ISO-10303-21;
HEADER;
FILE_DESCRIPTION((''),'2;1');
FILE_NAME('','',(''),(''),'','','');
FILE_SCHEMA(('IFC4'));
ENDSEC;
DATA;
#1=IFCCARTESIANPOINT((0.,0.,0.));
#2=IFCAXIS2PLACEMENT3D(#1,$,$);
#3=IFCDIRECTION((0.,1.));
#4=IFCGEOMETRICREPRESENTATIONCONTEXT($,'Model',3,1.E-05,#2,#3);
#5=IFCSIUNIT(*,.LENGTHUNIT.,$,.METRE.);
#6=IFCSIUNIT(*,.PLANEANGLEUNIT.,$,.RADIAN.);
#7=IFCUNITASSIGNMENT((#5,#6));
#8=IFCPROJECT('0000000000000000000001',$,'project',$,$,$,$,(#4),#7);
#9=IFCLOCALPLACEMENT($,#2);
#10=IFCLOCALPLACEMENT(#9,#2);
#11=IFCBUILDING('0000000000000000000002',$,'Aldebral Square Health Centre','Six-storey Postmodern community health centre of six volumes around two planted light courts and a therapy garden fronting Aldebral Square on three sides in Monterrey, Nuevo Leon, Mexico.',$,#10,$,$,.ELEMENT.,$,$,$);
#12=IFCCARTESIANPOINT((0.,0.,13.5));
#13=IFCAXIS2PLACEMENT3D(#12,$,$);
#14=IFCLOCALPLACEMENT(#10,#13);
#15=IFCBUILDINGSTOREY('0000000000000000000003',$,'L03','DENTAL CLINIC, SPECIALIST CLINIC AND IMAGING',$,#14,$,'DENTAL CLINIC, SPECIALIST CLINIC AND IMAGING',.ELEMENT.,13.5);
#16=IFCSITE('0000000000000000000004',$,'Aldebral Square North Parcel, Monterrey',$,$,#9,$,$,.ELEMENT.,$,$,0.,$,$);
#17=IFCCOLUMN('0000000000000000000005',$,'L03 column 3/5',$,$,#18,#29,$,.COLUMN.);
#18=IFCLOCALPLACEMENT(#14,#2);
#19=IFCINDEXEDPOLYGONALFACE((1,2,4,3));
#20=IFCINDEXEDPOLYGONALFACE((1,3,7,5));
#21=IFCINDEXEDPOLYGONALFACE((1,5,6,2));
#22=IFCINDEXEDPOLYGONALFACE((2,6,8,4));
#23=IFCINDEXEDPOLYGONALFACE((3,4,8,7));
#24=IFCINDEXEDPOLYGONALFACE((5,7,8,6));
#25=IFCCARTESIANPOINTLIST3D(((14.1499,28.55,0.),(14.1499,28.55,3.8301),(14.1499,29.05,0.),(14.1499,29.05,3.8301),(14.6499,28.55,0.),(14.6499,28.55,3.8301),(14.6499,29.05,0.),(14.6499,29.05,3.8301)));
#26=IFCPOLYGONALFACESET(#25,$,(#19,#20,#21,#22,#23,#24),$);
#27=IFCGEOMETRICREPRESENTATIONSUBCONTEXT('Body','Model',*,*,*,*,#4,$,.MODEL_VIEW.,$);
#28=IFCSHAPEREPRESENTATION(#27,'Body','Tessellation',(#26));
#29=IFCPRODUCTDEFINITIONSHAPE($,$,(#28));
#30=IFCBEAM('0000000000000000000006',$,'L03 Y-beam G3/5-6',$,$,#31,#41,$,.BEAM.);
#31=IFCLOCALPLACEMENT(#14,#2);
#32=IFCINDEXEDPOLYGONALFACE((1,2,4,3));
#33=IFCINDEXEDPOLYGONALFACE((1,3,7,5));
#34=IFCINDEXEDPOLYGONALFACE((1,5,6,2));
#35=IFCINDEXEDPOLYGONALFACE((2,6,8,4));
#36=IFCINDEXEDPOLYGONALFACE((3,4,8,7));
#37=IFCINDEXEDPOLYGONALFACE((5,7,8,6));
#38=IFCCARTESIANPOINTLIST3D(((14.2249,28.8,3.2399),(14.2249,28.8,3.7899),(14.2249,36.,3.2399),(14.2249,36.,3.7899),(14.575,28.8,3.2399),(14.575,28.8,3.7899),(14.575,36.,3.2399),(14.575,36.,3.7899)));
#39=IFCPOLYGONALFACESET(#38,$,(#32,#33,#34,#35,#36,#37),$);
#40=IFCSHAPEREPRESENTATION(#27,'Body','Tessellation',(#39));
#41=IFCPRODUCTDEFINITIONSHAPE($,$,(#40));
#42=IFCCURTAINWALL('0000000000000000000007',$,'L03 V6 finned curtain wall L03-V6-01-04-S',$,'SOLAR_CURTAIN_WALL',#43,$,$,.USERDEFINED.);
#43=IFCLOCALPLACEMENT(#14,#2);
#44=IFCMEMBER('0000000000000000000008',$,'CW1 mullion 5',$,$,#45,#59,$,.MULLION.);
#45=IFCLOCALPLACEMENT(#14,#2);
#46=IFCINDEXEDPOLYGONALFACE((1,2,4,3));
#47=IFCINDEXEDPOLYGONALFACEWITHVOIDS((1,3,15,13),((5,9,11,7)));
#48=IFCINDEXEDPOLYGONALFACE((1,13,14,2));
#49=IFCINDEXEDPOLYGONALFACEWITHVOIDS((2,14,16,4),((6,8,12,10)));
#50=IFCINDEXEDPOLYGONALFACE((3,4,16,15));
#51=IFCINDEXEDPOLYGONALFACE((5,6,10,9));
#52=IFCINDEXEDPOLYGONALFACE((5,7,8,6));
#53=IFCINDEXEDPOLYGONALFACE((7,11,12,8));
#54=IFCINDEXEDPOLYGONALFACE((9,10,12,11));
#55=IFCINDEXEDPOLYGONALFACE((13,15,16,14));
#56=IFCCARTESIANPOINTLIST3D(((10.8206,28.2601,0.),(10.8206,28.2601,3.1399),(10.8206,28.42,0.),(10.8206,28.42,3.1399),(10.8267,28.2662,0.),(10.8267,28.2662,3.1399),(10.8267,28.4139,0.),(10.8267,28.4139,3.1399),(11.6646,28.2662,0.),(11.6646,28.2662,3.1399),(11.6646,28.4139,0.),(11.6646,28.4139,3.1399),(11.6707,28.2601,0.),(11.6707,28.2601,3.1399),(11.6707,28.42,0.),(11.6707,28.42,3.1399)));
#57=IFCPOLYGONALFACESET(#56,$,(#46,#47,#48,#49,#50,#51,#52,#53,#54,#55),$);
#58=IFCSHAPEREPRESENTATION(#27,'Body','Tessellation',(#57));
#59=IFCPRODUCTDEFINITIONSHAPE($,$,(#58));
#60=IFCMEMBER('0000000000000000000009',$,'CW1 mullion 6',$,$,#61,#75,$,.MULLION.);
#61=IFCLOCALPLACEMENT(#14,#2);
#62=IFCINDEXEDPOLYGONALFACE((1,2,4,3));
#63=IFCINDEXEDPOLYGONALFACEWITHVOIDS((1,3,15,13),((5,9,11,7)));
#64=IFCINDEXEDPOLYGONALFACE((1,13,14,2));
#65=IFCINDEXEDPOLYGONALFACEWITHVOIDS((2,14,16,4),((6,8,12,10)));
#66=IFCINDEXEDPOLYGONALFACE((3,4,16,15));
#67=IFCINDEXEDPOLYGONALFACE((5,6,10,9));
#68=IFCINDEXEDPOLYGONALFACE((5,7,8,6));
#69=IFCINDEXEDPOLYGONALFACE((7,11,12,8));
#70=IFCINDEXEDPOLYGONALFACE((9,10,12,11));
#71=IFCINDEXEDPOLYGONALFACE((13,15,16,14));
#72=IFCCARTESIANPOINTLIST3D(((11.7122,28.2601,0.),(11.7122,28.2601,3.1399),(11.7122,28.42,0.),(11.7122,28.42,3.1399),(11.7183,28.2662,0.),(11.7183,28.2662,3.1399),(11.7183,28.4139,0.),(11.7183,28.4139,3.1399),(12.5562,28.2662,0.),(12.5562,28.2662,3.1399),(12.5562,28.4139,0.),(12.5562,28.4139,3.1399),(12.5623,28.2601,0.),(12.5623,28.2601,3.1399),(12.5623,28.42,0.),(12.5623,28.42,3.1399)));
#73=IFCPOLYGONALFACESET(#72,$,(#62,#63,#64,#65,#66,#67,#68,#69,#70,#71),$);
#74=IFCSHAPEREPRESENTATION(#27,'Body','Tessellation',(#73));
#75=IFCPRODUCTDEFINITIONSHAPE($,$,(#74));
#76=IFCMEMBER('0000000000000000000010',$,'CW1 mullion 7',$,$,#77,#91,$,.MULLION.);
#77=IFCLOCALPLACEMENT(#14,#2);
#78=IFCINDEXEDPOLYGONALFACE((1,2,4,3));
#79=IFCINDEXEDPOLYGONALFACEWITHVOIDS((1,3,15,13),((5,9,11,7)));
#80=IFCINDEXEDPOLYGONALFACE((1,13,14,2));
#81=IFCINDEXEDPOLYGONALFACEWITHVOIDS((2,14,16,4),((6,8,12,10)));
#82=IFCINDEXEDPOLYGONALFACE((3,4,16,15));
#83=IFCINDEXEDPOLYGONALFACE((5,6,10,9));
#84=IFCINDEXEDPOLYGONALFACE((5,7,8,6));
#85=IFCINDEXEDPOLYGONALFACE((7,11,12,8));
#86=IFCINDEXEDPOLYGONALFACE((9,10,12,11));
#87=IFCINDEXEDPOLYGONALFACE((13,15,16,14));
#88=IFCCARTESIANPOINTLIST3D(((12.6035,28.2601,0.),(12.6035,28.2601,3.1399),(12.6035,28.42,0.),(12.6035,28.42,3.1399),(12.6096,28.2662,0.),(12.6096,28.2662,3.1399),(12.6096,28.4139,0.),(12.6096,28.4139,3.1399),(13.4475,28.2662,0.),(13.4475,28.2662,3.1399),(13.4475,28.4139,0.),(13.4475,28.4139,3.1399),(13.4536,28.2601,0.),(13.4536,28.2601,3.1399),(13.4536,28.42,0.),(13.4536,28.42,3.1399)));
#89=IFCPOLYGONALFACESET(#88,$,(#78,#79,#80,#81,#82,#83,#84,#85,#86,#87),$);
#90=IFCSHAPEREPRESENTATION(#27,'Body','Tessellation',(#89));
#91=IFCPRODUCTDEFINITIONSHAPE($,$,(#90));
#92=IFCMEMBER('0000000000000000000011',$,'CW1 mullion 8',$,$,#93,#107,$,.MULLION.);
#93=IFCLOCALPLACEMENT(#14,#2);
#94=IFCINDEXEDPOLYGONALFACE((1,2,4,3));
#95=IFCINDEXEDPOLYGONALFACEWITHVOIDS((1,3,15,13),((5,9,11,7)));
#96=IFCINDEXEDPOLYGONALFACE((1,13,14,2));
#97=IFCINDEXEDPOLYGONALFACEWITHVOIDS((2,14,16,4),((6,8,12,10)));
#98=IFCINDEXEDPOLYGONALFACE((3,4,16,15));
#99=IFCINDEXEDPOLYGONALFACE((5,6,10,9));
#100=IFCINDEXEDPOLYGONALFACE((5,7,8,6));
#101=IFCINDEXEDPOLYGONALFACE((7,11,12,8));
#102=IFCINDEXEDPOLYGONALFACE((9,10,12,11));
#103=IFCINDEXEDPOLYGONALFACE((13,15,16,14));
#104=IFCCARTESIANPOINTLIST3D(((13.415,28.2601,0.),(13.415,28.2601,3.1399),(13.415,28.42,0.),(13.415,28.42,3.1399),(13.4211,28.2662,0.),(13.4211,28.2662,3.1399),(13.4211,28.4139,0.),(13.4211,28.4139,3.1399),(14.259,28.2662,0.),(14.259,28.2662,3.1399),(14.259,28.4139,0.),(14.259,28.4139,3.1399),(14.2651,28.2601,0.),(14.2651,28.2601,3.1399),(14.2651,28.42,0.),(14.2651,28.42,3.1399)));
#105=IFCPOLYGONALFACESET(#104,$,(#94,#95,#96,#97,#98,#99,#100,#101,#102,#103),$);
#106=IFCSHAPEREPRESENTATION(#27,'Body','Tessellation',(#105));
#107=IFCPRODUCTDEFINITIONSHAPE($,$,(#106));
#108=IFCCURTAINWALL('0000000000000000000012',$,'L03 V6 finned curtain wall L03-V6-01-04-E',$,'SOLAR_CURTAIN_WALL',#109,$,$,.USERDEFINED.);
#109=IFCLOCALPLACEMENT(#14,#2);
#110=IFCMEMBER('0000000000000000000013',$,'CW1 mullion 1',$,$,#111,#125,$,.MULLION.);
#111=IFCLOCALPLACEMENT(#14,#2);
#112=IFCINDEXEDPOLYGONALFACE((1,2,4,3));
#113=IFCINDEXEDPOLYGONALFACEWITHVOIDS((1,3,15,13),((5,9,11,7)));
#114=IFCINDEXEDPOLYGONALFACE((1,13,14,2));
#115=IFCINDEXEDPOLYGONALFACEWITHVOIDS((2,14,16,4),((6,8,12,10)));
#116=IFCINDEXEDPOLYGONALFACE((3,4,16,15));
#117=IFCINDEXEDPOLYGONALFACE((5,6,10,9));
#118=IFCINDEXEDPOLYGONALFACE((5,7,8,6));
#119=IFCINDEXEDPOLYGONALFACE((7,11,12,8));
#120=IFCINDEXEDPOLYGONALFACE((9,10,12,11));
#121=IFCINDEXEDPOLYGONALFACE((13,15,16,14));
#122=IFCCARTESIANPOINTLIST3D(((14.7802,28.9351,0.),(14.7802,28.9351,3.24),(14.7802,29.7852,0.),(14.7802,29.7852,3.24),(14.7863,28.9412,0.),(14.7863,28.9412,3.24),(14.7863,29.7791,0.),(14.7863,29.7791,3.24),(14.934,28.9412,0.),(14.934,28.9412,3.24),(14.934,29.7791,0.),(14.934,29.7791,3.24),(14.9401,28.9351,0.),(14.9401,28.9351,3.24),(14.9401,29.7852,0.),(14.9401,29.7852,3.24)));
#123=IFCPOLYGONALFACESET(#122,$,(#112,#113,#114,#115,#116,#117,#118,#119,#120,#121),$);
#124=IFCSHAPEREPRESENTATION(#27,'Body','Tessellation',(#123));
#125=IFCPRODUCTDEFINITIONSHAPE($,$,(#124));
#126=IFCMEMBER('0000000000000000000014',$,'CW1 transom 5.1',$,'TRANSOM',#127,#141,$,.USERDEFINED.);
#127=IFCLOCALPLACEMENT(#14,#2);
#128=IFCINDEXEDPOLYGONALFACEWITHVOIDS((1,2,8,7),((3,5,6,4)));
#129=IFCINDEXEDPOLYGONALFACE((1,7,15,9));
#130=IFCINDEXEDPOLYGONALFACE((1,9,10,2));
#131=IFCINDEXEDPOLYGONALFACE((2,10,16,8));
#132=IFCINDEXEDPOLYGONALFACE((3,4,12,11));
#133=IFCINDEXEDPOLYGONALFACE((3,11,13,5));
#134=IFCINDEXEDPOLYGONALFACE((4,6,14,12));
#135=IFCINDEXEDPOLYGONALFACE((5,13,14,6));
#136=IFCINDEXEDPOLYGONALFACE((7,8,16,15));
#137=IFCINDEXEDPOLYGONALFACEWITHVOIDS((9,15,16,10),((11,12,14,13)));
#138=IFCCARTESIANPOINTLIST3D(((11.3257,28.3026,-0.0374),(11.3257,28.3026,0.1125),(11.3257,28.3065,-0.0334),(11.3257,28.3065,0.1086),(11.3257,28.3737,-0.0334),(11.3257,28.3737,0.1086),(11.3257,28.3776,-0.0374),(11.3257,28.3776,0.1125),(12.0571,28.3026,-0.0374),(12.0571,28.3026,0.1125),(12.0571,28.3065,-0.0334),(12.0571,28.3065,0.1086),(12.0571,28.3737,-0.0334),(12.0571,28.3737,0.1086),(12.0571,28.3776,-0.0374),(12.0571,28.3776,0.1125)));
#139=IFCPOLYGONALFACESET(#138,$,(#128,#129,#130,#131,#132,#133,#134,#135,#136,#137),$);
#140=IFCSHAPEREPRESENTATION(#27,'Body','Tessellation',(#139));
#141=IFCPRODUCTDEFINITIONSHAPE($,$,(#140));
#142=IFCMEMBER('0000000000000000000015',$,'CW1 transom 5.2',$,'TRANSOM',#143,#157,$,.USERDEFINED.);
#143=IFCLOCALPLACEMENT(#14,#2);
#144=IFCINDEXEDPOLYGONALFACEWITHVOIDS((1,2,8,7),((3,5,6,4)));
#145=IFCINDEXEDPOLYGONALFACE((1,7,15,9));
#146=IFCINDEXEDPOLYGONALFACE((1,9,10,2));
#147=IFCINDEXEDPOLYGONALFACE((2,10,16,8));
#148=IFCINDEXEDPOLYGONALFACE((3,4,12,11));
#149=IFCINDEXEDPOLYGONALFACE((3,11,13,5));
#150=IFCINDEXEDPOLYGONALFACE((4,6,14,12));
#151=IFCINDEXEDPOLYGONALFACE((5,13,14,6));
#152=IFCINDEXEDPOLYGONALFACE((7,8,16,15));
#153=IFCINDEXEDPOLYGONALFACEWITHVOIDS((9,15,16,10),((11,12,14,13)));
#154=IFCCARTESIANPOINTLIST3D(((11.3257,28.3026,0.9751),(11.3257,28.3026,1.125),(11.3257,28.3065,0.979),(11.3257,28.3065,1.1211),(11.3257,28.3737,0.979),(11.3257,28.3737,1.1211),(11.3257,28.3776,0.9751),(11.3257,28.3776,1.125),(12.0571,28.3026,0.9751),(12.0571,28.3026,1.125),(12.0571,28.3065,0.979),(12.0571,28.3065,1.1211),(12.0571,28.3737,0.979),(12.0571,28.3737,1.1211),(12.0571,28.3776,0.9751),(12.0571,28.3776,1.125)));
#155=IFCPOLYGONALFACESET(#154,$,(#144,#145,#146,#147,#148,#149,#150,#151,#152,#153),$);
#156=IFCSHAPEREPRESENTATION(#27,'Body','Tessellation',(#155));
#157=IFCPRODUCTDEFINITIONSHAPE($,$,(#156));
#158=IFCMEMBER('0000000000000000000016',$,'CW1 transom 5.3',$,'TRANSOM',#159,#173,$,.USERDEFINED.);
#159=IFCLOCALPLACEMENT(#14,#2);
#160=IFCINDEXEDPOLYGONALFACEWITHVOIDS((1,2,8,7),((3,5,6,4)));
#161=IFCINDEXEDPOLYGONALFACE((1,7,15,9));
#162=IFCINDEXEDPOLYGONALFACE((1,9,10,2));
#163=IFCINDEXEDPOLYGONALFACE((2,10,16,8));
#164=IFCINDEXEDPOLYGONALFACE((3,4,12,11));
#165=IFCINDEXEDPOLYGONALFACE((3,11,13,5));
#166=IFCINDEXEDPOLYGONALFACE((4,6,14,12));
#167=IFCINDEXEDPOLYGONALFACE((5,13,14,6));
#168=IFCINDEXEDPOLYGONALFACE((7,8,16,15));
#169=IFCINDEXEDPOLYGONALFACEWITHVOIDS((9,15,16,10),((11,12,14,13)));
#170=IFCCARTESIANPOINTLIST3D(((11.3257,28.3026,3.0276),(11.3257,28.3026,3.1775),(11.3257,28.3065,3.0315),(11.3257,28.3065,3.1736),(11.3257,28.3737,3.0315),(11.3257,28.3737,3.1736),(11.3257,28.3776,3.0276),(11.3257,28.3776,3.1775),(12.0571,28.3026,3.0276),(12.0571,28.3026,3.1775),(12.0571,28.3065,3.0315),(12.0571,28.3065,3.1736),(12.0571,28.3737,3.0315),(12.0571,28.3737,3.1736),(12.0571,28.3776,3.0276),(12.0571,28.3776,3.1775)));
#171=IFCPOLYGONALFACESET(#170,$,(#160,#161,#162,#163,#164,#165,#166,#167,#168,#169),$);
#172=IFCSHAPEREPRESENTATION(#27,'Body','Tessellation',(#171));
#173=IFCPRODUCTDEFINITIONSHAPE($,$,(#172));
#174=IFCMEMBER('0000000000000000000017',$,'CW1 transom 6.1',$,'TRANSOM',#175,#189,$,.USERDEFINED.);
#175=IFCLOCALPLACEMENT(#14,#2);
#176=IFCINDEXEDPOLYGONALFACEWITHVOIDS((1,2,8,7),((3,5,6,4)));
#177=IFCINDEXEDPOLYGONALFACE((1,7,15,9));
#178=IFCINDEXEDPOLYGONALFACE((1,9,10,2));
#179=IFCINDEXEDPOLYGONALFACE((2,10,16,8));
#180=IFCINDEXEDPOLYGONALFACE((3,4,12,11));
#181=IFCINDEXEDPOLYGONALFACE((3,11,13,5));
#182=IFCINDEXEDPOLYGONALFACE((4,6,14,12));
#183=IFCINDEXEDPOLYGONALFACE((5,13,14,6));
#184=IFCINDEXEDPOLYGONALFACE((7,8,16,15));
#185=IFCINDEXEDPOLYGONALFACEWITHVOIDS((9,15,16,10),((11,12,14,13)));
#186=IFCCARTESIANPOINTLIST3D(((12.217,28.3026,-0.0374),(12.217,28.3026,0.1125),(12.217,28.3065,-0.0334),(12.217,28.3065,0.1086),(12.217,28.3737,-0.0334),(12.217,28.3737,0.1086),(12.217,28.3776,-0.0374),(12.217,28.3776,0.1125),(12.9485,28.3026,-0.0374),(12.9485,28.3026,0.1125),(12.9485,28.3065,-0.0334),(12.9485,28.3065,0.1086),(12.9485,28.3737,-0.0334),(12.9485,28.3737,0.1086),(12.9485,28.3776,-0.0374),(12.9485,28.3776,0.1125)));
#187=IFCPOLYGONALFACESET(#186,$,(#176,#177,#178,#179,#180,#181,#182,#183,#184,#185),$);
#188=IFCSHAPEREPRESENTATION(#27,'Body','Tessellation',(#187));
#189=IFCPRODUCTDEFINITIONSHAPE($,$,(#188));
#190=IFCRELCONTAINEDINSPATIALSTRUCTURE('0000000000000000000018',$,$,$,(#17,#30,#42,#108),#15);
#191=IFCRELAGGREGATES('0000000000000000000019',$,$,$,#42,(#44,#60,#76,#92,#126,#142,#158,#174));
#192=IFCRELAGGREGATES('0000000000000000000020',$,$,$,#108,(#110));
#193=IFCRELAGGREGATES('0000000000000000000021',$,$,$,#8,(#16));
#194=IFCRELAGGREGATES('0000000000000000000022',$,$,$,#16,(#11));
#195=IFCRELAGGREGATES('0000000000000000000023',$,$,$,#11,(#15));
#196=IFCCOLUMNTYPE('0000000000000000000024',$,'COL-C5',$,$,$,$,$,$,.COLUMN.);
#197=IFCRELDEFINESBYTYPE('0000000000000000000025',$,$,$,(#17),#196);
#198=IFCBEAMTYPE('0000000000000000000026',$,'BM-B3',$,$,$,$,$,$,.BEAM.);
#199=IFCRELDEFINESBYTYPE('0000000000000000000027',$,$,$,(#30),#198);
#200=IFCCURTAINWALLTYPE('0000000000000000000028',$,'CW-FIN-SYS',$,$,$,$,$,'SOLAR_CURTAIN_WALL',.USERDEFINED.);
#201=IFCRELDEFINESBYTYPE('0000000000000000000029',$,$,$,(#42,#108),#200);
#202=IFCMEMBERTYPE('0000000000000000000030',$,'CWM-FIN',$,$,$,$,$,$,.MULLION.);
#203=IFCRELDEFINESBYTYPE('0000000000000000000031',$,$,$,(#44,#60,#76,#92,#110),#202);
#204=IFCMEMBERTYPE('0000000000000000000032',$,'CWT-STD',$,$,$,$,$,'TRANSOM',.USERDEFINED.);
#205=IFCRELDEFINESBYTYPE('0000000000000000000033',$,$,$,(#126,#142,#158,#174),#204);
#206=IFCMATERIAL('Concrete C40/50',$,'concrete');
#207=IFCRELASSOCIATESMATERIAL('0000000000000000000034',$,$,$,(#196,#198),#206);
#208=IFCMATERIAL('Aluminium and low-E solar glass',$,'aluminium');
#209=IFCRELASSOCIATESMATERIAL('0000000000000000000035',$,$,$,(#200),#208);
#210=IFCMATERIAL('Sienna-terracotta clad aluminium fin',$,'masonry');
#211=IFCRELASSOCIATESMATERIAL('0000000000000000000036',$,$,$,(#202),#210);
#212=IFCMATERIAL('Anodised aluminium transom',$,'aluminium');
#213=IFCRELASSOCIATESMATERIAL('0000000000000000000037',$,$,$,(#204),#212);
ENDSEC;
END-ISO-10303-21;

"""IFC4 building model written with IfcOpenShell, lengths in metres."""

from ifc_helpers import new_model, si_unit, direction, frame, origin, origin_2d, place, context, subcontext, project, spatial, rectangle, hollow_rectangle, extrude, material, material_profile, profile_set, type_object, element, aggregate, save


model = new_model("IFC4")

# Units and contexts
model_context = context("Model", 3, precision=1e-05, world=origin(), true_north=direction((0.0, 1.0)))
body_context = subcontext(model_context, "Body", "Model", "MODEL_VIEW")
ifc_project = project(units=[si_unit("LENGTHUNIT", "METRE"), si_unit("PLANEANGLEUNIT", "RADIAN")], contexts=[model_context])

# Site, building, storey
site_placement = place(None, origin())
site = spatial("IfcSite", under=ifc_project, at=site_placement, Name="Aldebral Square North Parcel, Monterrey", CompositionType="ELEMENT", RefElevation=0.0)
building_placement = place(site_placement, origin())
building = spatial("IfcBuilding", under=site, at=building_placement, Name="Aldebral Square Health Centre", Description="Six-storey Postmodern community health centre of six volumes around two planted light courts and a therapy garden fronting Aldebral Square on three sides in Monterrey, Nuevo Leon, Mexico.", CompositionType="ELEMENT")
storey_placement = place(building_placement, frame((0.0, 0.0, 13.5)))
storey = spatial("IfcBuildingStorey", under=building, at=storey_placement, Name="L03", Description="DENTAL CLINIC, SPECIALIST CLINIC AND IMAGING", LongName="DENTAL CLINIC, SPECIALIST CLINIC AND IMAGING", CompositionType="ELEMENT", Elevation=13.5)

# Column
ifc_material_1 = material(Name="Concrete C40/50", Category="concrete")
ifc_material_profile_1 = material_profile(ifc_material_1, rectangle(XDim=0.5, YDim=0.5, at=origin_2d()), Name="RC 500x500")
ifc_profile_set_1 = profile_set([ifc_material_profile_1], Name="Concrete C40/50")
column_type = type_object("IfcColumnType", Name="COL-C5", PredefinedType="COLUMN", material=ifc_profile_set_1)
column_placement = place(storey_placement, frame((14.3999, 28.8, 0.0), z_axis=(0.0, 0.0, 1.0), x_axis=(1.0, 0.0, 0.0)))
element("IfcColumn", 1, at=column_placement, inside=storey, type_object=column_type, Name="L03 column 3/5", PredefinedType="COLUMN", context=body_context, shape_type="SweptSolid", body=[
    extrude(rectangle(XDim=0.5, YDim=0.5, at=origin_2d()), origin(), (0.0, 0.0, 1.0), 3.8301),
])

# Beam
ifc_material_profile_2 = material_profile(ifc_material_1, rectangle(XDim=0.3501, YDim=0.55, at=origin_2d()), Name="RC 350x550")
ifc_profile_set_2 = profile_set([ifc_material_profile_2], Name="Concrete C40/50")
beam_type = type_object("IfcBeamType", Name="BM-B3", PredefinedType="BEAM", material=ifc_profile_set_2)
beam_placement = place(storey_placement, frame((14.3999, 28.8, 3.5149), z_axis=(0.0, 1.0, 0.0), x_axis=(-1.0, 0.0, 0.0)))
element("IfcBeam", 2, at=beam_placement, inside=storey, type_object=beam_type, Name="L03 Y-beam G3/5-6", PredefinedType="BEAM", context=body_context, shape_type="SweptSolid", body=[
    extrude(rectangle(XDim=0.3501, YDim=0.55, at=origin_2d()), origin(), (0.0, 0.0, 1.0), 7.2),
])

# Curtain wall, members
ifc_material_2 = material(Name="Aluminium and low-E solar glass", Category="aluminium")
curtain_wall_type = type_object("IfcCurtainWallType", Name="CW-FIN-SYS", ElementType="SOLAR_CURTAIN_WALL", PredefinedType="USERDEFINED", material=ifc_material_2)
curtain_wall_1_placement = place(storey_placement, origin())
curtain_wall_1 = element("IfcCurtainWall", 3, at=curtain_wall_1_placement, inside=storey, type_object=curtain_wall_type, Name="L03 V6 finned curtain wall L03-V6-01-04-S", ObjectType="SOLAR_CURTAIN_WALL", PredefinedType="USERDEFINED")
ifc_material_3 = material(Name="Sienna-terracotta clad aluminium fin", Category="masonry")
ifc_material_profile_3 = material_profile(ifc_material_3, hollow_rectangle(XDim=0.1599, YDim=0.8501, WallThickness=0.0061, at=origin_2d()), Name="FIN 160x850x6")
ifc_profile_set_3 = profile_set([ifc_material_profile_3], Name="Sienna-terracotta clad aluminium fin")
member_type_1 = type_object("IfcMemberType", Name="CWM-FIN", PredefinedType="MULLION", material=ifc_profile_set_3)
member_1_placement = place(storey_placement, frame((11.2456, 28.3401, 0.0), z_axis=(0.0, 0.0, 1.0), x_axis=(0.0, 1.0, 0.0)))
member_1 = element("IfcMember", 4, at=member_1_placement, type_object=member_type_1, Name="CW1 mullion 5", PredefinedType="MULLION", context=body_context, shape_type="SweptSolid", body=[
    extrude(hollow_rectangle(XDim=0.1599, YDim=0.8501, WallThickness=0.0061, at=origin_2d()), origin(), (0.0, 0.0, 1.0), 3.1399),
])
member_2_placement = place(storey_placement, frame((12.1372, 28.3401, 0.0), z_axis=(0.0, 0.0, 1.0), x_axis=(0.0, 1.0, 0.0)))
member_2 = element("IfcMember", 5, at=member_2_placement, type_object=member_type_1, Name="CW1 mullion 6", PredefinedType="MULLION", context=body_context, shape_type="SweptSolid", body=[
    extrude(hollow_rectangle(XDim=0.1599, YDim=0.8501, WallThickness=0.0061, at=origin_2d()), origin(), (0.0, 0.0, 1.0), 3.1399),
])
member_3_placement = place(storey_placement, frame((13.0286, 28.3401, 0.0), z_axis=(0.0, 0.0, 1.0), x_axis=(0.0, 1.0, 0.0)))
member_3 = element("IfcMember", 6, at=member_3_placement, type_object=member_type_1, Name="CW1 mullion 7", PredefinedType="MULLION", context=body_context, shape_type="SweptSolid", body=[
    extrude(hollow_rectangle(XDim=0.1599, YDim=0.8501, WallThickness=0.0061, at=origin_2d()), origin(), (0.0, 0.0, 1.0), 3.1399),
])
member_4_placement = place(storey_placement, frame((13.8401, 28.3401, 0.0), z_axis=(0.0, 0.0, 1.0), x_axis=(0.0, 1.0, 0.0)))
member_4 = element("IfcMember", 7, at=member_4_placement, type_object=member_type_1, Name="CW1 mullion 8", PredefinedType="MULLION", context=body_context, shape_type="SweptSolid", body=[
    extrude(hollow_rectangle(XDim=0.1599, YDim=0.8501, WallThickness=0.0061, at=origin_2d()), origin(), (0.0, 0.0, 1.0), 3.1399),
])

# Curtain wall, member
curtain_wall_2_placement = place(storey_placement, origin())
curtain_wall_2 = element("IfcCurtainWall", 8, at=curtain_wall_2_placement, inside=storey, type_object=curtain_wall_type, Name="L03 V6 finned curtain wall L03-V6-01-04-E", ObjectType="SOLAR_CURTAIN_WALL", PredefinedType="USERDEFINED")
member_5_placement = place(storey_placement, frame((14.8601, 29.3601, 0.0), z_axis=(0.0, 0.0, 1.0), x_axis=(-1.0, 0.0, 0.0)))
member_5 = element("IfcMember", 9, at=member_5_placement, type_object=member_type_1, Name="CW1 mullion 1", PredefinedType="MULLION", context=body_context, shape_type="SweptSolid", body=[
    extrude(hollow_rectangle(XDim=0.1599, YDim=0.8501, WallThickness=0.0061, at=origin_2d()), origin(), (0.0, 0.0, 1.0), 3.24),
])

# Members
ifc_material_4 = material(Name="Anodised aluminium transom", Category="aluminium")
ifc_material_profile_4 = material_profile(ifc_material_4, hollow_rectangle(XDim=0.075, YDim=0.1499, WallThickness=0.0039, at=origin_2d()), Name="CWT 75x150x4")
ifc_profile_set_4 = profile_set([ifc_material_profile_4], Name="Anodised aluminium transom")
member_type_2 = type_object("IfcMemberType", Name="CWT-STD", ElementType="TRANSOM", PredefinedType="USERDEFINED", material=ifc_profile_set_4)
member_6_placement = place(storey_placement, frame((11.3257, 28.3401, 0.0376), z_axis=(1.0, 0.0, 0.0), x_axis=(0.0, 1.0, 0.0)))
member_6 = element("IfcMember", 10, at=member_6_placement, type_object=member_type_2, Name="CW1 transom 5.1", ObjectType="TRANSOM", PredefinedType="USERDEFINED", context=body_context, shape_type="SweptSolid", body=[
    extrude(hollow_rectangle(XDim=0.075, YDim=0.1499, WallThickness=0.0039, at=origin_2d()), origin(), (0.0, 0.0, 1.0), 0.7314),
])
member_7_placement = place(storey_placement, frame((11.3257, 28.3401, 1.05), z_axis=(1.0, 0.0, 0.0), x_axis=(0.0, 1.0, 0.0)))
member_7 = element("IfcMember", 11, at=member_7_placement, type_object=member_type_2, Name="CW1 transom 5.2", ObjectType="TRANSOM", PredefinedType="USERDEFINED", context=body_context, shape_type="SweptSolid", body=[
    extrude(hollow_rectangle(XDim=0.075, YDim=0.1499, WallThickness=0.0039, at=origin_2d()), origin(), (0.0, 0.0, 1.0), 0.7314),
])
member_8_placement = place(storey_placement, frame((11.3257, 28.3401, 3.1025), z_axis=(1.0, 0.0, 0.0), x_axis=(0.0, 1.0, 0.0)))
member_8 = element("IfcMember", 12, at=member_8_placement, type_object=member_type_2, Name="CW1 transom 5.3", ObjectType="TRANSOM", PredefinedType="USERDEFINED", context=body_context, shape_type="SweptSolid", body=[
    extrude(hollow_rectangle(XDim=0.075, YDim=0.1499, WallThickness=0.0039, at=origin_2d()), origin(), (0.0, 0.0, 1.0), 0.7314),
])
member_9_placement = place(storey_placement, frame((12.217, 28.3401, 0.0376), z_axis=(1.0, 0.0, 0.0), x_axis=(0.0, 1.0, 0.0)))
member_9 = element("IfcMember", 13, at=member_9_placement, type_object=member_type_2, Name="CW1 transom 6.1", ObjectType="TRANSOM", PredefinedType="USERDEFINED", context=body_context, shape_type="SweptSolid", body=[
    extrude(hollow_rectangle(XDim=0.075, YDim=0.1499, WallThickness=0.0039, at=origin_2d()), origin(), (0.0, 0.0, 1.0), 0.7314),
])

aggregate(curtain_wall_1, [member_1, member_2, member_3, member_4, member_6, member_7, member_8, member_9])
aggregate(curtain_wall_2, [member_5])

save(model, "model.ifc")
